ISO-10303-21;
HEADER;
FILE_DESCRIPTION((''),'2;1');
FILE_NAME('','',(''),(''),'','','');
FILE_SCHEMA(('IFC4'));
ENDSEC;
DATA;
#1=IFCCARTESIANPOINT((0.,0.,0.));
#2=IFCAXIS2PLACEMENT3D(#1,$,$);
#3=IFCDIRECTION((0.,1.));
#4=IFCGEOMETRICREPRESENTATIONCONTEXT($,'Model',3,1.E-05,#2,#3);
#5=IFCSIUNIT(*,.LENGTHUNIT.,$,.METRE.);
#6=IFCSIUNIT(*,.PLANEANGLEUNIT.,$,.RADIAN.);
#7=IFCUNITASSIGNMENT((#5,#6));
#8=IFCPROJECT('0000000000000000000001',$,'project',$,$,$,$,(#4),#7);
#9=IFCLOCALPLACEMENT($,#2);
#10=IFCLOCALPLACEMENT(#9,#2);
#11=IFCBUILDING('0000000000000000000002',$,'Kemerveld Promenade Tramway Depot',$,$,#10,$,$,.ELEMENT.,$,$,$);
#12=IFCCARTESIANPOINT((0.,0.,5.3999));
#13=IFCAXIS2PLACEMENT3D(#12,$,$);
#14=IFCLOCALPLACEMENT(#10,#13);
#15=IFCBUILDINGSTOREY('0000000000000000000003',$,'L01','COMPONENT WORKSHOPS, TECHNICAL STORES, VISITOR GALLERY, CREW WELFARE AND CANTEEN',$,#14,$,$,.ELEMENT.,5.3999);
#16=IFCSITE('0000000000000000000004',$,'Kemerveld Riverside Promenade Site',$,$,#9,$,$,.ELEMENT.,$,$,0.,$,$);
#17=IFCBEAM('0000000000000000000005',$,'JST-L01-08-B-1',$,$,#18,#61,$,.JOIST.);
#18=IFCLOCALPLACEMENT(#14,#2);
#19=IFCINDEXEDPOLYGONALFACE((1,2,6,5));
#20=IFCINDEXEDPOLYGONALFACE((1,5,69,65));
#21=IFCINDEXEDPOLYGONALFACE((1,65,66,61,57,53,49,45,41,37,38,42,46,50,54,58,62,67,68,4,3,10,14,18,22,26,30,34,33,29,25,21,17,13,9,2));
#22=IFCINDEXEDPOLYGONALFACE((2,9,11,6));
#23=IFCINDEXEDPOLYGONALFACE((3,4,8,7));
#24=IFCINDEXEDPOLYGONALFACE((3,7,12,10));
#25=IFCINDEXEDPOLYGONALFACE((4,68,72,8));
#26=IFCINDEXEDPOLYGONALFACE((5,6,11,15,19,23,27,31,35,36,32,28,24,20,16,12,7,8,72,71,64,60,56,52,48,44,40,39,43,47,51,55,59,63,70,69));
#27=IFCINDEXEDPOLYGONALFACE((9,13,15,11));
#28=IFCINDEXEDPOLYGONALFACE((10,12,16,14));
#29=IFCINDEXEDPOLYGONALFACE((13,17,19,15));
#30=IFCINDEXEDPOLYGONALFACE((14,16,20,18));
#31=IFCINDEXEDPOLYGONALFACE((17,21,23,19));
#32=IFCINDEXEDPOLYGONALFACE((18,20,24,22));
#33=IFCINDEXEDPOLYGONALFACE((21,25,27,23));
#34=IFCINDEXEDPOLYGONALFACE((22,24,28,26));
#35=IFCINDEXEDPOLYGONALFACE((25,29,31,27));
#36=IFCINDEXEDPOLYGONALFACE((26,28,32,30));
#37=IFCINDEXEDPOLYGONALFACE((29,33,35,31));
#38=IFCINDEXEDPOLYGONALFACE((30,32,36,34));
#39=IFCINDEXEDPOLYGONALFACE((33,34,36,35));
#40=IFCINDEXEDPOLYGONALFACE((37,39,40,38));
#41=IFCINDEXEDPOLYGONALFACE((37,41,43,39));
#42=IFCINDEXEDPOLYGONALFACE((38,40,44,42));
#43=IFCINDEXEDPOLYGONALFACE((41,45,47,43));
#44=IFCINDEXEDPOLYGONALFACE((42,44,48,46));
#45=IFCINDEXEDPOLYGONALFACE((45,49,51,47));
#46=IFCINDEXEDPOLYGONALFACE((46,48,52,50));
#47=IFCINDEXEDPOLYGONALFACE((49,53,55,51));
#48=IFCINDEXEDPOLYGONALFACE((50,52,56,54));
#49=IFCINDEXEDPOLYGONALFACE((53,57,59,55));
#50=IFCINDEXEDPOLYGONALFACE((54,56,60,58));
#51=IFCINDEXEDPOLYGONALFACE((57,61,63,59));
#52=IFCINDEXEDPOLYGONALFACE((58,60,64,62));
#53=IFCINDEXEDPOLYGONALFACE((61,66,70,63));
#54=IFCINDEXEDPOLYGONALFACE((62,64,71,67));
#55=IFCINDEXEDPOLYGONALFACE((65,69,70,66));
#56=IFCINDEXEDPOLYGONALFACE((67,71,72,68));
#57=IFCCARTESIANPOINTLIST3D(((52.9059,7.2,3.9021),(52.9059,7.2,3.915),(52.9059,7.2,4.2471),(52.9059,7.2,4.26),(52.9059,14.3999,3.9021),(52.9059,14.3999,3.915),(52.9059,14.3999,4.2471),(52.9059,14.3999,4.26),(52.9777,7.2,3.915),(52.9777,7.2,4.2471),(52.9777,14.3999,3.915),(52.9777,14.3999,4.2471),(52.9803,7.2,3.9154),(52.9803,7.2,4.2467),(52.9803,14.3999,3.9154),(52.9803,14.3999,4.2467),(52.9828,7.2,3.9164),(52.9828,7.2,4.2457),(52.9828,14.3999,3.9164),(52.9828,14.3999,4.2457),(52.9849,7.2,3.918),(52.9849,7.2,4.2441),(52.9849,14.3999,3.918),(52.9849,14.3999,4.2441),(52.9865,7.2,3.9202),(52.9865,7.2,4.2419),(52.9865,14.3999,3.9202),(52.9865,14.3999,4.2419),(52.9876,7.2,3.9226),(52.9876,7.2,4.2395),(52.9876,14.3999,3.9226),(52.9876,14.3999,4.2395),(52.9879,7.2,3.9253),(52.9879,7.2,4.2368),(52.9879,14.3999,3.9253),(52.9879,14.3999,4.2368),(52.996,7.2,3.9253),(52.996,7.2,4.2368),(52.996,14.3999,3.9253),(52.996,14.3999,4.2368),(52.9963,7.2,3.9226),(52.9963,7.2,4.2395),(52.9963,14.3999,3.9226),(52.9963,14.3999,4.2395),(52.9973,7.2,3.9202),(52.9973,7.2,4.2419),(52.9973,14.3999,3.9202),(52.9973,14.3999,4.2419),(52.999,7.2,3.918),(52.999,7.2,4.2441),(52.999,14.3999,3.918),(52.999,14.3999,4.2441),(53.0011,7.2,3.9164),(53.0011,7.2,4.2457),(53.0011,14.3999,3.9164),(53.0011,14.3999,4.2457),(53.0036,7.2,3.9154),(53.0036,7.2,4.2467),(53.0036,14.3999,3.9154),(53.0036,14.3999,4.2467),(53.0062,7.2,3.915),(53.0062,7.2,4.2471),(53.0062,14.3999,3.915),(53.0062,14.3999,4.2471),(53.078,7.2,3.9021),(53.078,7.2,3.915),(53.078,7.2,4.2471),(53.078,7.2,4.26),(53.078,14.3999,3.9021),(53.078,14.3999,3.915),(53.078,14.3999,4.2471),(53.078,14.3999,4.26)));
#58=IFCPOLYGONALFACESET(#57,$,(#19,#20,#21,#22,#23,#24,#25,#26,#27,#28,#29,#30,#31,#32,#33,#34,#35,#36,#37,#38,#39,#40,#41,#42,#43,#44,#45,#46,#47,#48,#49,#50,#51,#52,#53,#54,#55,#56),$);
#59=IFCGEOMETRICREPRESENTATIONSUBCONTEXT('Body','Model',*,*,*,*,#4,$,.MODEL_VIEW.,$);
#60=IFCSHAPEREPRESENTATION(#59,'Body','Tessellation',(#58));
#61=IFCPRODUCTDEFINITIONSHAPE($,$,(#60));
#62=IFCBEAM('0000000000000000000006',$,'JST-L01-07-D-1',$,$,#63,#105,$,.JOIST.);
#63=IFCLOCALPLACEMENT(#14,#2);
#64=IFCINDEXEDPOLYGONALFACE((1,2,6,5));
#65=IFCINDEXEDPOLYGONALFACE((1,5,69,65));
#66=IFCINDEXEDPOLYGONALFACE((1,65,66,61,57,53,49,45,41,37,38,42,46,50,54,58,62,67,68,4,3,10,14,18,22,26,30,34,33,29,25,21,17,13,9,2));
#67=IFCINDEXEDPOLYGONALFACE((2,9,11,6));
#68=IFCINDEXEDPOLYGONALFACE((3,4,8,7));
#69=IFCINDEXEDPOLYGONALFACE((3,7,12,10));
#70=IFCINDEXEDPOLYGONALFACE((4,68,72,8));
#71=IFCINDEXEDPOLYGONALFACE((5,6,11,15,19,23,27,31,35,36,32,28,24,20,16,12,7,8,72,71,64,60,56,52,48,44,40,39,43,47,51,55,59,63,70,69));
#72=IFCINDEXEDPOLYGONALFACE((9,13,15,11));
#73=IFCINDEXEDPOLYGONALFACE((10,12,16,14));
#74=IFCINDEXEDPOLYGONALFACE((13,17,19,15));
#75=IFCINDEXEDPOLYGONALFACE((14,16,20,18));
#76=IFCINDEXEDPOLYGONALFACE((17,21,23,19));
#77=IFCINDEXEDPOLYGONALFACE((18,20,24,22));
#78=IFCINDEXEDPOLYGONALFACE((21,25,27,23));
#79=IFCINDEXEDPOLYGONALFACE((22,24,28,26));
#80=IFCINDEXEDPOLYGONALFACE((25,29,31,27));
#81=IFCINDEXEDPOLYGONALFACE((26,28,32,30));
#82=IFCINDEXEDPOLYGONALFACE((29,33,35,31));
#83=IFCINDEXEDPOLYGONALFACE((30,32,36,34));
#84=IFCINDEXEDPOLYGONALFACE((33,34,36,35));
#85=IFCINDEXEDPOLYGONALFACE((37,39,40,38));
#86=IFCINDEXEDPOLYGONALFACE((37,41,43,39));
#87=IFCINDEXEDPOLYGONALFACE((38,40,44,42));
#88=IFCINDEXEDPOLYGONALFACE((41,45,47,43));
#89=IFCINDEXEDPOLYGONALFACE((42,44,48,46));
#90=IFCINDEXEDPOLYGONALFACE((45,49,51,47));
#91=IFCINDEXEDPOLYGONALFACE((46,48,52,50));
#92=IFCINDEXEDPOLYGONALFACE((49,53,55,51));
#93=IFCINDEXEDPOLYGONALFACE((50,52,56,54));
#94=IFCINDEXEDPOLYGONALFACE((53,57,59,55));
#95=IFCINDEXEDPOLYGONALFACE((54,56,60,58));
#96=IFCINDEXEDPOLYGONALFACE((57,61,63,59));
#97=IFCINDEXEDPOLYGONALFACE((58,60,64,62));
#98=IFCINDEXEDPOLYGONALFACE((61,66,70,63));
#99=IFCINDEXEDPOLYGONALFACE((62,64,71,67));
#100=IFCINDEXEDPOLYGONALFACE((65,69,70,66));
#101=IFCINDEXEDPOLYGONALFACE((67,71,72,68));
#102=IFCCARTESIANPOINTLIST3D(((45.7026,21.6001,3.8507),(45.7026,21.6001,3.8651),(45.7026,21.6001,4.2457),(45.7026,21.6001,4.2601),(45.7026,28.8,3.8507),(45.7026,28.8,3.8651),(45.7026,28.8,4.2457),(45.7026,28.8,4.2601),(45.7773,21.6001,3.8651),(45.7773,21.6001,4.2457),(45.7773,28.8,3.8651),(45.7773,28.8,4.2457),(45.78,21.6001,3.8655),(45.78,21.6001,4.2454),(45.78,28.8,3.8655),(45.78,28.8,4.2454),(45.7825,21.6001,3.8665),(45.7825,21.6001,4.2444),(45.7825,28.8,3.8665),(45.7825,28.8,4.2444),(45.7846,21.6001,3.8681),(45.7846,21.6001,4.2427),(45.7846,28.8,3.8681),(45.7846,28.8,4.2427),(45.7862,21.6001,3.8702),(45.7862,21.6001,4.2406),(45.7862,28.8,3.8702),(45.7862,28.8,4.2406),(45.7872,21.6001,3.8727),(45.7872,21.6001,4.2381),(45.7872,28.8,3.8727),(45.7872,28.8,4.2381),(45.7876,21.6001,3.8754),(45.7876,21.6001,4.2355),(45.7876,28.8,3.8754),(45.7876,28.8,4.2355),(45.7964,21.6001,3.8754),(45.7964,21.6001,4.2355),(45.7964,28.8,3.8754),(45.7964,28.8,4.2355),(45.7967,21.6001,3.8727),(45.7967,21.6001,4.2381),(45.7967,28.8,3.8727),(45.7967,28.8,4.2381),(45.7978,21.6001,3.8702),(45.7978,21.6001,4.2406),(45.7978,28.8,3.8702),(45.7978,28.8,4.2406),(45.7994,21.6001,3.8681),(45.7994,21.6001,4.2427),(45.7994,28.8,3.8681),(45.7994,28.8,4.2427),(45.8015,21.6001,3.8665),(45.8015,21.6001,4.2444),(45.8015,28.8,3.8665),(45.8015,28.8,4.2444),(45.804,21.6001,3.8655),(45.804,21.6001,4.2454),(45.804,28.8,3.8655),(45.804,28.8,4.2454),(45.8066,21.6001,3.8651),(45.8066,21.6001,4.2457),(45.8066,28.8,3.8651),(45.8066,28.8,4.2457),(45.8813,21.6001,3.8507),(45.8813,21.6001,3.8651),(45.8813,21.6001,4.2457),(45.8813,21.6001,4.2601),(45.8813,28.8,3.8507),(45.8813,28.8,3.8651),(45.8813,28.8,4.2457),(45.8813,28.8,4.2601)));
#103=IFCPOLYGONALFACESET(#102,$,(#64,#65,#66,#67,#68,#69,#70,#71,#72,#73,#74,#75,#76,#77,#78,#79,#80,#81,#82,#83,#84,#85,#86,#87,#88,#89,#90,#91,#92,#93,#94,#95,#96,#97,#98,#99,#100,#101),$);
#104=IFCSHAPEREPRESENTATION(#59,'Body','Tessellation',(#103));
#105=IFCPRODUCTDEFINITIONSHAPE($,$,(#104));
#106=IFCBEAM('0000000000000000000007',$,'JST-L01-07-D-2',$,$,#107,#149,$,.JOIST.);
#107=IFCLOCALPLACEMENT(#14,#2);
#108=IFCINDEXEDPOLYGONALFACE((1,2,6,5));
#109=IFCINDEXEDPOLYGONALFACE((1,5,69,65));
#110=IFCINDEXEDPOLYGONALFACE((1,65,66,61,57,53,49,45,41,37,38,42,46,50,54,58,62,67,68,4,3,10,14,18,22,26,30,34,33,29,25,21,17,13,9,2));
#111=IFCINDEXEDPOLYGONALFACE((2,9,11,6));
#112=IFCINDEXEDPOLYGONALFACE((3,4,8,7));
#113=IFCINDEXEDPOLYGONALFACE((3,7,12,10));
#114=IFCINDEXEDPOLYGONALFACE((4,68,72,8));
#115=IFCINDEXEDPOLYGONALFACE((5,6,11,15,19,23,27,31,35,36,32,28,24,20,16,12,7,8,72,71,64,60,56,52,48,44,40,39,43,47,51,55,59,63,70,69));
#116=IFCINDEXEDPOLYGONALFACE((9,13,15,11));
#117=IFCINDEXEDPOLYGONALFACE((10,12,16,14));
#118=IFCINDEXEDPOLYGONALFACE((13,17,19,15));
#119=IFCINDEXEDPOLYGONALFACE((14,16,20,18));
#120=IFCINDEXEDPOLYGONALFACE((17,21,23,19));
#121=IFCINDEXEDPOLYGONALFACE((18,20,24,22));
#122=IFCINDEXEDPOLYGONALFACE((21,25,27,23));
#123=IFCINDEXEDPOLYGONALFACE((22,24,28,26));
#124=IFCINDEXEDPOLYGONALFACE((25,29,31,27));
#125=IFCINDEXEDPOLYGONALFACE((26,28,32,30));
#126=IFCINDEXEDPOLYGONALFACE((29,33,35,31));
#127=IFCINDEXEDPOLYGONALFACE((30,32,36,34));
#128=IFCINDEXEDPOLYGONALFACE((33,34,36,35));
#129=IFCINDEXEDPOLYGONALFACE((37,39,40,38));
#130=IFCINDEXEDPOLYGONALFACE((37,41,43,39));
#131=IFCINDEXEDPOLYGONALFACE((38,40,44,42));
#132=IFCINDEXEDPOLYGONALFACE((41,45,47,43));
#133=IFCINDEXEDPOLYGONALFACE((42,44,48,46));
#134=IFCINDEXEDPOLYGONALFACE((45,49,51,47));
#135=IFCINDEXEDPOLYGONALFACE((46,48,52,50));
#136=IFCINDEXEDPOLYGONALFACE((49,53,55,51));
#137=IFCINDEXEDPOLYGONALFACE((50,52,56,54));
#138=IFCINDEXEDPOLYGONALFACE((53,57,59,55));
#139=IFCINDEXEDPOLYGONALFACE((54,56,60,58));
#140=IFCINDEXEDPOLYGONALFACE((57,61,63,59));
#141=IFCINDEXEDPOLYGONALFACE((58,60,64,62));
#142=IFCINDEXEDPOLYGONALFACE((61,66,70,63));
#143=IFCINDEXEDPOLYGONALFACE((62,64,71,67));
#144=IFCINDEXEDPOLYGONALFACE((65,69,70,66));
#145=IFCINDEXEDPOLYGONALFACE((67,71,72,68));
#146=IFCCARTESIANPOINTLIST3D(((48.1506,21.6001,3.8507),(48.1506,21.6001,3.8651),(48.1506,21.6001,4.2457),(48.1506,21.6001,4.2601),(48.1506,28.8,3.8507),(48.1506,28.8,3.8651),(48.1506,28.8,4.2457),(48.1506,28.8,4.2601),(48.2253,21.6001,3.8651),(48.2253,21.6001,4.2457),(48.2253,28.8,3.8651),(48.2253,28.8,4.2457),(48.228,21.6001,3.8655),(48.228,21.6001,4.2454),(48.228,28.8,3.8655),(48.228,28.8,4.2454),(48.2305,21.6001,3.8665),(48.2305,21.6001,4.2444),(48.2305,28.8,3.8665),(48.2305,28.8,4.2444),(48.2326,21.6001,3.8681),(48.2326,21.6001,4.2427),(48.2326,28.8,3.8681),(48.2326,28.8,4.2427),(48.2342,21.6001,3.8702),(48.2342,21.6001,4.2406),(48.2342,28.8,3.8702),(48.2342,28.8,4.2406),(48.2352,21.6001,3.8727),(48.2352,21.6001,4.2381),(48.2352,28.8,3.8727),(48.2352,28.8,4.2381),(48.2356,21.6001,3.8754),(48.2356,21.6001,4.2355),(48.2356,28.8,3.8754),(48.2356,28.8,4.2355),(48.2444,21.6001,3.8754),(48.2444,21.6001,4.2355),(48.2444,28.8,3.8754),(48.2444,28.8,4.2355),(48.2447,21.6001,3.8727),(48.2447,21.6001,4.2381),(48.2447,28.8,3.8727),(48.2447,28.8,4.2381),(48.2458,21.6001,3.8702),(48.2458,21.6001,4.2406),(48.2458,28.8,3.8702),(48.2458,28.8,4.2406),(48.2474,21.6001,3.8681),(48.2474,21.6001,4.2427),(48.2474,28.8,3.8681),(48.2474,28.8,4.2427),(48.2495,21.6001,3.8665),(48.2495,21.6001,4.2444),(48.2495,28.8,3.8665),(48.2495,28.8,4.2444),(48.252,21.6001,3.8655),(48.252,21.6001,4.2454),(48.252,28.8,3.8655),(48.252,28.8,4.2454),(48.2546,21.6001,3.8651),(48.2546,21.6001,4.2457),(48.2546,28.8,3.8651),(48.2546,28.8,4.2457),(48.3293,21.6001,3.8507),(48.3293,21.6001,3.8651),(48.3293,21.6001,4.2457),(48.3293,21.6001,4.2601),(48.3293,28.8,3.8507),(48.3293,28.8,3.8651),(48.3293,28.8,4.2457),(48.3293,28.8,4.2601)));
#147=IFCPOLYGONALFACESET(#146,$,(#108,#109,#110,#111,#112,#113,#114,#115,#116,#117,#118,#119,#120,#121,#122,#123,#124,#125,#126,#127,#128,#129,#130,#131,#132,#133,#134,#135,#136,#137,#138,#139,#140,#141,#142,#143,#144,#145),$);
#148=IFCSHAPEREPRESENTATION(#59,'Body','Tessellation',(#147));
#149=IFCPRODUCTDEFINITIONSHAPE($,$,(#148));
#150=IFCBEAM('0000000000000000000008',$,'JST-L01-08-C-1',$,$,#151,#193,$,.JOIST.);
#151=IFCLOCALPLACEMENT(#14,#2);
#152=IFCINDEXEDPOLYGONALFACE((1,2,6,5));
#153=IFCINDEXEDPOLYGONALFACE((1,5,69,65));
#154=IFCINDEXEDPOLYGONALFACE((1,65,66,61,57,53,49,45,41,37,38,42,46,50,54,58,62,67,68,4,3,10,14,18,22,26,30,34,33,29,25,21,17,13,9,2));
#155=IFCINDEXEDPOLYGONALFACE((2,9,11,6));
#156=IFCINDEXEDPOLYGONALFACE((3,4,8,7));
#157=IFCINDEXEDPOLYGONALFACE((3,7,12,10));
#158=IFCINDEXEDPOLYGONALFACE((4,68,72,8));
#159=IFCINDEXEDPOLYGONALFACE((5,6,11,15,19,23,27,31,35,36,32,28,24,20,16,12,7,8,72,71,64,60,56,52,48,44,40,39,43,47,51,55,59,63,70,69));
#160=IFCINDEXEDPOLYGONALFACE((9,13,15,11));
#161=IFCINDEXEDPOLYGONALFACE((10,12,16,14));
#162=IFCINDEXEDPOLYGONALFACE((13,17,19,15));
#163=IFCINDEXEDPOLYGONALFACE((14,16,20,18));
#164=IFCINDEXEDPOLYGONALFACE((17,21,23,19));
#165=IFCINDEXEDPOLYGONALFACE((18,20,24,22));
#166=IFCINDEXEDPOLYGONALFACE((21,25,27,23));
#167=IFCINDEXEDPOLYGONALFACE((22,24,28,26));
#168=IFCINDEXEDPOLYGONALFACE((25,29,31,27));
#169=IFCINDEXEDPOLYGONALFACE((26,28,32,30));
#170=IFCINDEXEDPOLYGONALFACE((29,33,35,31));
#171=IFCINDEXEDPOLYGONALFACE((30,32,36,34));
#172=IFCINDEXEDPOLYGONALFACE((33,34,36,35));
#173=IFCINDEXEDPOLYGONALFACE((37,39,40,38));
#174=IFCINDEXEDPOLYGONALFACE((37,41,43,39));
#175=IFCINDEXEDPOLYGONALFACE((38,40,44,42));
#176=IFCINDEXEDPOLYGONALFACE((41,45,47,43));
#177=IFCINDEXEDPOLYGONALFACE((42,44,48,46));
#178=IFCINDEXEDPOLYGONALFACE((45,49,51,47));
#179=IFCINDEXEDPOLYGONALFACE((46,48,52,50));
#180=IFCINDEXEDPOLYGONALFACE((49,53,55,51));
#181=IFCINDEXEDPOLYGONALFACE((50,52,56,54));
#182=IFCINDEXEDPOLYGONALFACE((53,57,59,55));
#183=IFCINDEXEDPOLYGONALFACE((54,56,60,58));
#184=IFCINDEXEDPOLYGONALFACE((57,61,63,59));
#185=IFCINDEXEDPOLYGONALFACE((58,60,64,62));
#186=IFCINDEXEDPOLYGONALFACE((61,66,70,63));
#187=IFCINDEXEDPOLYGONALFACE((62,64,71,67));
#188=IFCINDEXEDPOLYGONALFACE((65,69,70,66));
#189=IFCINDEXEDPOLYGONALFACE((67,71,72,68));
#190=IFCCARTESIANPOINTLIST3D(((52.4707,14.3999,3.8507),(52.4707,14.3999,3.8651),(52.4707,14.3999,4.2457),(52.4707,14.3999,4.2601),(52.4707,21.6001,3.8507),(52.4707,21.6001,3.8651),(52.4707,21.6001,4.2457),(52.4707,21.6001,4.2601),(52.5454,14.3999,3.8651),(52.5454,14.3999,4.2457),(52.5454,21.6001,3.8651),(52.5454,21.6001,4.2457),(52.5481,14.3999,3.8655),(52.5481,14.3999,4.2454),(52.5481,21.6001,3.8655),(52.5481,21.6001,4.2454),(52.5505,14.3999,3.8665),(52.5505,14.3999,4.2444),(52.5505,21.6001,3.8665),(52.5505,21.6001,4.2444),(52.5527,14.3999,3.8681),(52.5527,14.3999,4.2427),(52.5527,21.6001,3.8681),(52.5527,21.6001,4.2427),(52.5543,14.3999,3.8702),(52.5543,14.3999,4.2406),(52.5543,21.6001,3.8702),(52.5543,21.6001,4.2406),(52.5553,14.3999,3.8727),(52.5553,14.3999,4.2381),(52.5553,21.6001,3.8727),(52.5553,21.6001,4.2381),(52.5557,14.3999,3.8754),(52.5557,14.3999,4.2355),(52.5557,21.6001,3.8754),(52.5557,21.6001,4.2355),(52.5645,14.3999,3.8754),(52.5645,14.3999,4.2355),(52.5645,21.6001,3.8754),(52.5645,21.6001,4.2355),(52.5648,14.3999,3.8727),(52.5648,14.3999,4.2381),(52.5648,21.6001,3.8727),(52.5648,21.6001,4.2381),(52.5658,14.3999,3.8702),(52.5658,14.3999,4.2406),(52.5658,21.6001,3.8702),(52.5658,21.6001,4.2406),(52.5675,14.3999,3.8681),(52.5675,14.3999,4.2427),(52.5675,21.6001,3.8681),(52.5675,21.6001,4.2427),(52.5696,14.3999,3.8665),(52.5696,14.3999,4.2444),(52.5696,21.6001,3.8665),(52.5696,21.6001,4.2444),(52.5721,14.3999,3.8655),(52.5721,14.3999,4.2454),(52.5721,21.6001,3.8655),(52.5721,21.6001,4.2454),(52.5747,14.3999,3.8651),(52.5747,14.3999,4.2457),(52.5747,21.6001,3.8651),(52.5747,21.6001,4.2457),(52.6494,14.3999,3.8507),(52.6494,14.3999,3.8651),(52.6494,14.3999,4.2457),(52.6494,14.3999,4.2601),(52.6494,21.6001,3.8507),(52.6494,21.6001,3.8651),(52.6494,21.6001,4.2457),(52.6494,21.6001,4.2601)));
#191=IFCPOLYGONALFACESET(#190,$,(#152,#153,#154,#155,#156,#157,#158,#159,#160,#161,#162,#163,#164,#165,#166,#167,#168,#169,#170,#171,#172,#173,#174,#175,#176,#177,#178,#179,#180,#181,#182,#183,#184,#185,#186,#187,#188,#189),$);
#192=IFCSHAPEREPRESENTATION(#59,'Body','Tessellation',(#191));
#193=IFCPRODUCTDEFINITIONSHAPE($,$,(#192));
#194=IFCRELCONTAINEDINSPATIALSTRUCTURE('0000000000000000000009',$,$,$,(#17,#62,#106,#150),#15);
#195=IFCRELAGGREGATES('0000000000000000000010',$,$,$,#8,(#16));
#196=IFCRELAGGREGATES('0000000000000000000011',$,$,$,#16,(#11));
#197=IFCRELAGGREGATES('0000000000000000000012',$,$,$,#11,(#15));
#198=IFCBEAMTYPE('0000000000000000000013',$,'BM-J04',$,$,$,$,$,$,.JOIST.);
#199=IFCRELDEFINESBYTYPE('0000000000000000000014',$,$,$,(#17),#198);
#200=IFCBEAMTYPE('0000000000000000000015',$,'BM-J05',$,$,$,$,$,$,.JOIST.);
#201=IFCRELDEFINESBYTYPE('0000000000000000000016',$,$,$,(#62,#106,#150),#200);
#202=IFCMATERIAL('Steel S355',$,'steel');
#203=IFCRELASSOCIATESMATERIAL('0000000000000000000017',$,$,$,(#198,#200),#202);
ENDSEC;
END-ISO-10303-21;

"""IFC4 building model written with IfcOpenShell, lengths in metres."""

from ifc_helpers import new_model, si_unit, direction, frame, origin, origin_2d, place, context, subcontext, project, spatial, i_section, extrude, material, material_profile, profile_set, type_object, element, save


model = new_model("IFC4")

# Units and contexts
model_context = context("Model", 3, precision=1e-05, world=origin(), true_north=direction((0.0, 1.0)))
body_context = subcontext(model_context, "Body", "Model", "MODEL_VIEW")
ifc_project = project(units=[si_unit("LENGTHUNIT", "METRE"), si_unit("PLANEANGLEUNIT", "RADIAN")], contexts=[model_context])

# Site, building, storey
site_placement = place(None, origin())
site = spatial("IfcSite", under=ifc_project, at=site_placement, Name="Kemerveld Riverside Promenade Site", CompositionType="ELEMENT", RefElevation=0.0)
building_placement = place(site_placement, origin())
building = spatial("IfcBuilding", under=site, at=building_placement, Name="Kemerveld Promenade Tramway Depot", CompositionType="ELEMENT")
storey_placement = place(building_placement, frame((0.0, 0.0, 5.3999)))
storey = spatial("IfcBuildingStorey", under=building, at=storey_placement, Name="L01", Description="COMPONENT WORKSHOPS, TECHNICAL STORES, VISITOR GALLERY, CREW WELFARE AND CANTEEN", CompositionType="ELEMENT", Elevation=5.3999)

# Shared definitions
ifc_material = material(Name="Steel S355", Category="steel")

# Beams
ifc_material_profile_1 = material_profile(ifc_material, i_section(OverallWidth=0.1721, OverallDepth=0.3579, WebThickness=0.0081, FlangeThickness=0.0129, FilletRadius=0.0103, at=origin_2d()), Name="356x171x57 UB")
ifc_profile_set_1 = profile_set([ifc_material_profile_1], Name="Steel S355")
beam_type_1 = type_object("IfcBeamType", Name="BM-J04", PredefinedType="JOIST", material=ifc_profile_set_1)
beam_1_placement = place(storey_placement, frame((52.9919, 7.2, 4.0811), z_axis=(0.0, 1.0, 0.0), x_axis=(-1.0, 0.0, 0.0)))
element("IfcBeam", 1, at=beam_1_placement, inside=storey, type_object=beam_type_1, Name="JST-L01-08-B-1", PredefinedType="JOIST", context=body_context, shape_type="SweptSolid", body=[
    extrude(i_section(OverallWidth=0.1721, OverallDepth=0.3579, WebThickness=0.0081, FlangeThickness=0.0129, FilletRadius=0.0103, at=origin_2d()), origin(), (0.0, 0.0, 1.0), 7.2),
])
ifc_material_profile_2 = material_profile(ifc_material, i_section(OverallWidth=0.1787, OverallDepth=0.4094, WebThickness=0.0088, FlangeThickness=0.0144, FilletRadius=0.0103, at=origin_2d()), Name="406x178x67 UB")
ifc_profile_set_2 = profile_set([ifc_material_profile_2], Name="Steel S355")
beam_type_2 = type_object("IfcBeamType", Name="BM-J05", PredefinedType="JOIST", material=ifc_profile_set_2)
for number, where, z_axis, x_axis, name in (
    (2, (45.792, 21.6001, 4.0554), (0.0, 1.0, 0.0), (-1.0, 0.0, 0.0), "JST-L01-07-D-1"),
    (3, (48.24, 21.6001, 4.0554), (0.0, 1.0, 0.0), (-1.0, 0.0, 0.0), "JST-L01-07-D-2"),
):
    element("IfcBeam", number, at=place(storey_placement, frame(where, z_axis=z_axis, x_axis=x_axis)), inside=storey, type_object=beam_type_2, Name=name, PredefinedType="JOIST", context=body_context, shape_type="SweptSolid", body=[
        extrude(i_section(OverallWidth=0.1787, OverallDepth=0.4094, WebThickness=0.0088, FlangeThickness=0.0144, FilletRadius=0.0103, at=origin_2d()), origin(), (0.0, 0.0, 1.0), 7.2),
    ])
beam_2_placement = place(storey_placement, frame((52.5601, 14.3999, 4.0554), z_axis=(0.0, 1.0, 0.0), x_axis=(-1.0, 0.0, 0.0)))
element("IfcBeam", 4, at=beam_2_placement, inside=storey, type_object=beam_type_2, Name="JST-L01-08-C-1", PredefinedType="JOIST", context=body_context, shape_type="SweptSolid", body=[
    extrude(i_section(OverallWidth=0.1787, OverallDepth=0.4094, WebThickness=0.0088, FlangeThickness=0.0144, FilletRadius=0.0103, at=origin_2d()), origin(), (0.0, 0.0, 1.0), 7.2002),
])

save(model, "model.ifc")
